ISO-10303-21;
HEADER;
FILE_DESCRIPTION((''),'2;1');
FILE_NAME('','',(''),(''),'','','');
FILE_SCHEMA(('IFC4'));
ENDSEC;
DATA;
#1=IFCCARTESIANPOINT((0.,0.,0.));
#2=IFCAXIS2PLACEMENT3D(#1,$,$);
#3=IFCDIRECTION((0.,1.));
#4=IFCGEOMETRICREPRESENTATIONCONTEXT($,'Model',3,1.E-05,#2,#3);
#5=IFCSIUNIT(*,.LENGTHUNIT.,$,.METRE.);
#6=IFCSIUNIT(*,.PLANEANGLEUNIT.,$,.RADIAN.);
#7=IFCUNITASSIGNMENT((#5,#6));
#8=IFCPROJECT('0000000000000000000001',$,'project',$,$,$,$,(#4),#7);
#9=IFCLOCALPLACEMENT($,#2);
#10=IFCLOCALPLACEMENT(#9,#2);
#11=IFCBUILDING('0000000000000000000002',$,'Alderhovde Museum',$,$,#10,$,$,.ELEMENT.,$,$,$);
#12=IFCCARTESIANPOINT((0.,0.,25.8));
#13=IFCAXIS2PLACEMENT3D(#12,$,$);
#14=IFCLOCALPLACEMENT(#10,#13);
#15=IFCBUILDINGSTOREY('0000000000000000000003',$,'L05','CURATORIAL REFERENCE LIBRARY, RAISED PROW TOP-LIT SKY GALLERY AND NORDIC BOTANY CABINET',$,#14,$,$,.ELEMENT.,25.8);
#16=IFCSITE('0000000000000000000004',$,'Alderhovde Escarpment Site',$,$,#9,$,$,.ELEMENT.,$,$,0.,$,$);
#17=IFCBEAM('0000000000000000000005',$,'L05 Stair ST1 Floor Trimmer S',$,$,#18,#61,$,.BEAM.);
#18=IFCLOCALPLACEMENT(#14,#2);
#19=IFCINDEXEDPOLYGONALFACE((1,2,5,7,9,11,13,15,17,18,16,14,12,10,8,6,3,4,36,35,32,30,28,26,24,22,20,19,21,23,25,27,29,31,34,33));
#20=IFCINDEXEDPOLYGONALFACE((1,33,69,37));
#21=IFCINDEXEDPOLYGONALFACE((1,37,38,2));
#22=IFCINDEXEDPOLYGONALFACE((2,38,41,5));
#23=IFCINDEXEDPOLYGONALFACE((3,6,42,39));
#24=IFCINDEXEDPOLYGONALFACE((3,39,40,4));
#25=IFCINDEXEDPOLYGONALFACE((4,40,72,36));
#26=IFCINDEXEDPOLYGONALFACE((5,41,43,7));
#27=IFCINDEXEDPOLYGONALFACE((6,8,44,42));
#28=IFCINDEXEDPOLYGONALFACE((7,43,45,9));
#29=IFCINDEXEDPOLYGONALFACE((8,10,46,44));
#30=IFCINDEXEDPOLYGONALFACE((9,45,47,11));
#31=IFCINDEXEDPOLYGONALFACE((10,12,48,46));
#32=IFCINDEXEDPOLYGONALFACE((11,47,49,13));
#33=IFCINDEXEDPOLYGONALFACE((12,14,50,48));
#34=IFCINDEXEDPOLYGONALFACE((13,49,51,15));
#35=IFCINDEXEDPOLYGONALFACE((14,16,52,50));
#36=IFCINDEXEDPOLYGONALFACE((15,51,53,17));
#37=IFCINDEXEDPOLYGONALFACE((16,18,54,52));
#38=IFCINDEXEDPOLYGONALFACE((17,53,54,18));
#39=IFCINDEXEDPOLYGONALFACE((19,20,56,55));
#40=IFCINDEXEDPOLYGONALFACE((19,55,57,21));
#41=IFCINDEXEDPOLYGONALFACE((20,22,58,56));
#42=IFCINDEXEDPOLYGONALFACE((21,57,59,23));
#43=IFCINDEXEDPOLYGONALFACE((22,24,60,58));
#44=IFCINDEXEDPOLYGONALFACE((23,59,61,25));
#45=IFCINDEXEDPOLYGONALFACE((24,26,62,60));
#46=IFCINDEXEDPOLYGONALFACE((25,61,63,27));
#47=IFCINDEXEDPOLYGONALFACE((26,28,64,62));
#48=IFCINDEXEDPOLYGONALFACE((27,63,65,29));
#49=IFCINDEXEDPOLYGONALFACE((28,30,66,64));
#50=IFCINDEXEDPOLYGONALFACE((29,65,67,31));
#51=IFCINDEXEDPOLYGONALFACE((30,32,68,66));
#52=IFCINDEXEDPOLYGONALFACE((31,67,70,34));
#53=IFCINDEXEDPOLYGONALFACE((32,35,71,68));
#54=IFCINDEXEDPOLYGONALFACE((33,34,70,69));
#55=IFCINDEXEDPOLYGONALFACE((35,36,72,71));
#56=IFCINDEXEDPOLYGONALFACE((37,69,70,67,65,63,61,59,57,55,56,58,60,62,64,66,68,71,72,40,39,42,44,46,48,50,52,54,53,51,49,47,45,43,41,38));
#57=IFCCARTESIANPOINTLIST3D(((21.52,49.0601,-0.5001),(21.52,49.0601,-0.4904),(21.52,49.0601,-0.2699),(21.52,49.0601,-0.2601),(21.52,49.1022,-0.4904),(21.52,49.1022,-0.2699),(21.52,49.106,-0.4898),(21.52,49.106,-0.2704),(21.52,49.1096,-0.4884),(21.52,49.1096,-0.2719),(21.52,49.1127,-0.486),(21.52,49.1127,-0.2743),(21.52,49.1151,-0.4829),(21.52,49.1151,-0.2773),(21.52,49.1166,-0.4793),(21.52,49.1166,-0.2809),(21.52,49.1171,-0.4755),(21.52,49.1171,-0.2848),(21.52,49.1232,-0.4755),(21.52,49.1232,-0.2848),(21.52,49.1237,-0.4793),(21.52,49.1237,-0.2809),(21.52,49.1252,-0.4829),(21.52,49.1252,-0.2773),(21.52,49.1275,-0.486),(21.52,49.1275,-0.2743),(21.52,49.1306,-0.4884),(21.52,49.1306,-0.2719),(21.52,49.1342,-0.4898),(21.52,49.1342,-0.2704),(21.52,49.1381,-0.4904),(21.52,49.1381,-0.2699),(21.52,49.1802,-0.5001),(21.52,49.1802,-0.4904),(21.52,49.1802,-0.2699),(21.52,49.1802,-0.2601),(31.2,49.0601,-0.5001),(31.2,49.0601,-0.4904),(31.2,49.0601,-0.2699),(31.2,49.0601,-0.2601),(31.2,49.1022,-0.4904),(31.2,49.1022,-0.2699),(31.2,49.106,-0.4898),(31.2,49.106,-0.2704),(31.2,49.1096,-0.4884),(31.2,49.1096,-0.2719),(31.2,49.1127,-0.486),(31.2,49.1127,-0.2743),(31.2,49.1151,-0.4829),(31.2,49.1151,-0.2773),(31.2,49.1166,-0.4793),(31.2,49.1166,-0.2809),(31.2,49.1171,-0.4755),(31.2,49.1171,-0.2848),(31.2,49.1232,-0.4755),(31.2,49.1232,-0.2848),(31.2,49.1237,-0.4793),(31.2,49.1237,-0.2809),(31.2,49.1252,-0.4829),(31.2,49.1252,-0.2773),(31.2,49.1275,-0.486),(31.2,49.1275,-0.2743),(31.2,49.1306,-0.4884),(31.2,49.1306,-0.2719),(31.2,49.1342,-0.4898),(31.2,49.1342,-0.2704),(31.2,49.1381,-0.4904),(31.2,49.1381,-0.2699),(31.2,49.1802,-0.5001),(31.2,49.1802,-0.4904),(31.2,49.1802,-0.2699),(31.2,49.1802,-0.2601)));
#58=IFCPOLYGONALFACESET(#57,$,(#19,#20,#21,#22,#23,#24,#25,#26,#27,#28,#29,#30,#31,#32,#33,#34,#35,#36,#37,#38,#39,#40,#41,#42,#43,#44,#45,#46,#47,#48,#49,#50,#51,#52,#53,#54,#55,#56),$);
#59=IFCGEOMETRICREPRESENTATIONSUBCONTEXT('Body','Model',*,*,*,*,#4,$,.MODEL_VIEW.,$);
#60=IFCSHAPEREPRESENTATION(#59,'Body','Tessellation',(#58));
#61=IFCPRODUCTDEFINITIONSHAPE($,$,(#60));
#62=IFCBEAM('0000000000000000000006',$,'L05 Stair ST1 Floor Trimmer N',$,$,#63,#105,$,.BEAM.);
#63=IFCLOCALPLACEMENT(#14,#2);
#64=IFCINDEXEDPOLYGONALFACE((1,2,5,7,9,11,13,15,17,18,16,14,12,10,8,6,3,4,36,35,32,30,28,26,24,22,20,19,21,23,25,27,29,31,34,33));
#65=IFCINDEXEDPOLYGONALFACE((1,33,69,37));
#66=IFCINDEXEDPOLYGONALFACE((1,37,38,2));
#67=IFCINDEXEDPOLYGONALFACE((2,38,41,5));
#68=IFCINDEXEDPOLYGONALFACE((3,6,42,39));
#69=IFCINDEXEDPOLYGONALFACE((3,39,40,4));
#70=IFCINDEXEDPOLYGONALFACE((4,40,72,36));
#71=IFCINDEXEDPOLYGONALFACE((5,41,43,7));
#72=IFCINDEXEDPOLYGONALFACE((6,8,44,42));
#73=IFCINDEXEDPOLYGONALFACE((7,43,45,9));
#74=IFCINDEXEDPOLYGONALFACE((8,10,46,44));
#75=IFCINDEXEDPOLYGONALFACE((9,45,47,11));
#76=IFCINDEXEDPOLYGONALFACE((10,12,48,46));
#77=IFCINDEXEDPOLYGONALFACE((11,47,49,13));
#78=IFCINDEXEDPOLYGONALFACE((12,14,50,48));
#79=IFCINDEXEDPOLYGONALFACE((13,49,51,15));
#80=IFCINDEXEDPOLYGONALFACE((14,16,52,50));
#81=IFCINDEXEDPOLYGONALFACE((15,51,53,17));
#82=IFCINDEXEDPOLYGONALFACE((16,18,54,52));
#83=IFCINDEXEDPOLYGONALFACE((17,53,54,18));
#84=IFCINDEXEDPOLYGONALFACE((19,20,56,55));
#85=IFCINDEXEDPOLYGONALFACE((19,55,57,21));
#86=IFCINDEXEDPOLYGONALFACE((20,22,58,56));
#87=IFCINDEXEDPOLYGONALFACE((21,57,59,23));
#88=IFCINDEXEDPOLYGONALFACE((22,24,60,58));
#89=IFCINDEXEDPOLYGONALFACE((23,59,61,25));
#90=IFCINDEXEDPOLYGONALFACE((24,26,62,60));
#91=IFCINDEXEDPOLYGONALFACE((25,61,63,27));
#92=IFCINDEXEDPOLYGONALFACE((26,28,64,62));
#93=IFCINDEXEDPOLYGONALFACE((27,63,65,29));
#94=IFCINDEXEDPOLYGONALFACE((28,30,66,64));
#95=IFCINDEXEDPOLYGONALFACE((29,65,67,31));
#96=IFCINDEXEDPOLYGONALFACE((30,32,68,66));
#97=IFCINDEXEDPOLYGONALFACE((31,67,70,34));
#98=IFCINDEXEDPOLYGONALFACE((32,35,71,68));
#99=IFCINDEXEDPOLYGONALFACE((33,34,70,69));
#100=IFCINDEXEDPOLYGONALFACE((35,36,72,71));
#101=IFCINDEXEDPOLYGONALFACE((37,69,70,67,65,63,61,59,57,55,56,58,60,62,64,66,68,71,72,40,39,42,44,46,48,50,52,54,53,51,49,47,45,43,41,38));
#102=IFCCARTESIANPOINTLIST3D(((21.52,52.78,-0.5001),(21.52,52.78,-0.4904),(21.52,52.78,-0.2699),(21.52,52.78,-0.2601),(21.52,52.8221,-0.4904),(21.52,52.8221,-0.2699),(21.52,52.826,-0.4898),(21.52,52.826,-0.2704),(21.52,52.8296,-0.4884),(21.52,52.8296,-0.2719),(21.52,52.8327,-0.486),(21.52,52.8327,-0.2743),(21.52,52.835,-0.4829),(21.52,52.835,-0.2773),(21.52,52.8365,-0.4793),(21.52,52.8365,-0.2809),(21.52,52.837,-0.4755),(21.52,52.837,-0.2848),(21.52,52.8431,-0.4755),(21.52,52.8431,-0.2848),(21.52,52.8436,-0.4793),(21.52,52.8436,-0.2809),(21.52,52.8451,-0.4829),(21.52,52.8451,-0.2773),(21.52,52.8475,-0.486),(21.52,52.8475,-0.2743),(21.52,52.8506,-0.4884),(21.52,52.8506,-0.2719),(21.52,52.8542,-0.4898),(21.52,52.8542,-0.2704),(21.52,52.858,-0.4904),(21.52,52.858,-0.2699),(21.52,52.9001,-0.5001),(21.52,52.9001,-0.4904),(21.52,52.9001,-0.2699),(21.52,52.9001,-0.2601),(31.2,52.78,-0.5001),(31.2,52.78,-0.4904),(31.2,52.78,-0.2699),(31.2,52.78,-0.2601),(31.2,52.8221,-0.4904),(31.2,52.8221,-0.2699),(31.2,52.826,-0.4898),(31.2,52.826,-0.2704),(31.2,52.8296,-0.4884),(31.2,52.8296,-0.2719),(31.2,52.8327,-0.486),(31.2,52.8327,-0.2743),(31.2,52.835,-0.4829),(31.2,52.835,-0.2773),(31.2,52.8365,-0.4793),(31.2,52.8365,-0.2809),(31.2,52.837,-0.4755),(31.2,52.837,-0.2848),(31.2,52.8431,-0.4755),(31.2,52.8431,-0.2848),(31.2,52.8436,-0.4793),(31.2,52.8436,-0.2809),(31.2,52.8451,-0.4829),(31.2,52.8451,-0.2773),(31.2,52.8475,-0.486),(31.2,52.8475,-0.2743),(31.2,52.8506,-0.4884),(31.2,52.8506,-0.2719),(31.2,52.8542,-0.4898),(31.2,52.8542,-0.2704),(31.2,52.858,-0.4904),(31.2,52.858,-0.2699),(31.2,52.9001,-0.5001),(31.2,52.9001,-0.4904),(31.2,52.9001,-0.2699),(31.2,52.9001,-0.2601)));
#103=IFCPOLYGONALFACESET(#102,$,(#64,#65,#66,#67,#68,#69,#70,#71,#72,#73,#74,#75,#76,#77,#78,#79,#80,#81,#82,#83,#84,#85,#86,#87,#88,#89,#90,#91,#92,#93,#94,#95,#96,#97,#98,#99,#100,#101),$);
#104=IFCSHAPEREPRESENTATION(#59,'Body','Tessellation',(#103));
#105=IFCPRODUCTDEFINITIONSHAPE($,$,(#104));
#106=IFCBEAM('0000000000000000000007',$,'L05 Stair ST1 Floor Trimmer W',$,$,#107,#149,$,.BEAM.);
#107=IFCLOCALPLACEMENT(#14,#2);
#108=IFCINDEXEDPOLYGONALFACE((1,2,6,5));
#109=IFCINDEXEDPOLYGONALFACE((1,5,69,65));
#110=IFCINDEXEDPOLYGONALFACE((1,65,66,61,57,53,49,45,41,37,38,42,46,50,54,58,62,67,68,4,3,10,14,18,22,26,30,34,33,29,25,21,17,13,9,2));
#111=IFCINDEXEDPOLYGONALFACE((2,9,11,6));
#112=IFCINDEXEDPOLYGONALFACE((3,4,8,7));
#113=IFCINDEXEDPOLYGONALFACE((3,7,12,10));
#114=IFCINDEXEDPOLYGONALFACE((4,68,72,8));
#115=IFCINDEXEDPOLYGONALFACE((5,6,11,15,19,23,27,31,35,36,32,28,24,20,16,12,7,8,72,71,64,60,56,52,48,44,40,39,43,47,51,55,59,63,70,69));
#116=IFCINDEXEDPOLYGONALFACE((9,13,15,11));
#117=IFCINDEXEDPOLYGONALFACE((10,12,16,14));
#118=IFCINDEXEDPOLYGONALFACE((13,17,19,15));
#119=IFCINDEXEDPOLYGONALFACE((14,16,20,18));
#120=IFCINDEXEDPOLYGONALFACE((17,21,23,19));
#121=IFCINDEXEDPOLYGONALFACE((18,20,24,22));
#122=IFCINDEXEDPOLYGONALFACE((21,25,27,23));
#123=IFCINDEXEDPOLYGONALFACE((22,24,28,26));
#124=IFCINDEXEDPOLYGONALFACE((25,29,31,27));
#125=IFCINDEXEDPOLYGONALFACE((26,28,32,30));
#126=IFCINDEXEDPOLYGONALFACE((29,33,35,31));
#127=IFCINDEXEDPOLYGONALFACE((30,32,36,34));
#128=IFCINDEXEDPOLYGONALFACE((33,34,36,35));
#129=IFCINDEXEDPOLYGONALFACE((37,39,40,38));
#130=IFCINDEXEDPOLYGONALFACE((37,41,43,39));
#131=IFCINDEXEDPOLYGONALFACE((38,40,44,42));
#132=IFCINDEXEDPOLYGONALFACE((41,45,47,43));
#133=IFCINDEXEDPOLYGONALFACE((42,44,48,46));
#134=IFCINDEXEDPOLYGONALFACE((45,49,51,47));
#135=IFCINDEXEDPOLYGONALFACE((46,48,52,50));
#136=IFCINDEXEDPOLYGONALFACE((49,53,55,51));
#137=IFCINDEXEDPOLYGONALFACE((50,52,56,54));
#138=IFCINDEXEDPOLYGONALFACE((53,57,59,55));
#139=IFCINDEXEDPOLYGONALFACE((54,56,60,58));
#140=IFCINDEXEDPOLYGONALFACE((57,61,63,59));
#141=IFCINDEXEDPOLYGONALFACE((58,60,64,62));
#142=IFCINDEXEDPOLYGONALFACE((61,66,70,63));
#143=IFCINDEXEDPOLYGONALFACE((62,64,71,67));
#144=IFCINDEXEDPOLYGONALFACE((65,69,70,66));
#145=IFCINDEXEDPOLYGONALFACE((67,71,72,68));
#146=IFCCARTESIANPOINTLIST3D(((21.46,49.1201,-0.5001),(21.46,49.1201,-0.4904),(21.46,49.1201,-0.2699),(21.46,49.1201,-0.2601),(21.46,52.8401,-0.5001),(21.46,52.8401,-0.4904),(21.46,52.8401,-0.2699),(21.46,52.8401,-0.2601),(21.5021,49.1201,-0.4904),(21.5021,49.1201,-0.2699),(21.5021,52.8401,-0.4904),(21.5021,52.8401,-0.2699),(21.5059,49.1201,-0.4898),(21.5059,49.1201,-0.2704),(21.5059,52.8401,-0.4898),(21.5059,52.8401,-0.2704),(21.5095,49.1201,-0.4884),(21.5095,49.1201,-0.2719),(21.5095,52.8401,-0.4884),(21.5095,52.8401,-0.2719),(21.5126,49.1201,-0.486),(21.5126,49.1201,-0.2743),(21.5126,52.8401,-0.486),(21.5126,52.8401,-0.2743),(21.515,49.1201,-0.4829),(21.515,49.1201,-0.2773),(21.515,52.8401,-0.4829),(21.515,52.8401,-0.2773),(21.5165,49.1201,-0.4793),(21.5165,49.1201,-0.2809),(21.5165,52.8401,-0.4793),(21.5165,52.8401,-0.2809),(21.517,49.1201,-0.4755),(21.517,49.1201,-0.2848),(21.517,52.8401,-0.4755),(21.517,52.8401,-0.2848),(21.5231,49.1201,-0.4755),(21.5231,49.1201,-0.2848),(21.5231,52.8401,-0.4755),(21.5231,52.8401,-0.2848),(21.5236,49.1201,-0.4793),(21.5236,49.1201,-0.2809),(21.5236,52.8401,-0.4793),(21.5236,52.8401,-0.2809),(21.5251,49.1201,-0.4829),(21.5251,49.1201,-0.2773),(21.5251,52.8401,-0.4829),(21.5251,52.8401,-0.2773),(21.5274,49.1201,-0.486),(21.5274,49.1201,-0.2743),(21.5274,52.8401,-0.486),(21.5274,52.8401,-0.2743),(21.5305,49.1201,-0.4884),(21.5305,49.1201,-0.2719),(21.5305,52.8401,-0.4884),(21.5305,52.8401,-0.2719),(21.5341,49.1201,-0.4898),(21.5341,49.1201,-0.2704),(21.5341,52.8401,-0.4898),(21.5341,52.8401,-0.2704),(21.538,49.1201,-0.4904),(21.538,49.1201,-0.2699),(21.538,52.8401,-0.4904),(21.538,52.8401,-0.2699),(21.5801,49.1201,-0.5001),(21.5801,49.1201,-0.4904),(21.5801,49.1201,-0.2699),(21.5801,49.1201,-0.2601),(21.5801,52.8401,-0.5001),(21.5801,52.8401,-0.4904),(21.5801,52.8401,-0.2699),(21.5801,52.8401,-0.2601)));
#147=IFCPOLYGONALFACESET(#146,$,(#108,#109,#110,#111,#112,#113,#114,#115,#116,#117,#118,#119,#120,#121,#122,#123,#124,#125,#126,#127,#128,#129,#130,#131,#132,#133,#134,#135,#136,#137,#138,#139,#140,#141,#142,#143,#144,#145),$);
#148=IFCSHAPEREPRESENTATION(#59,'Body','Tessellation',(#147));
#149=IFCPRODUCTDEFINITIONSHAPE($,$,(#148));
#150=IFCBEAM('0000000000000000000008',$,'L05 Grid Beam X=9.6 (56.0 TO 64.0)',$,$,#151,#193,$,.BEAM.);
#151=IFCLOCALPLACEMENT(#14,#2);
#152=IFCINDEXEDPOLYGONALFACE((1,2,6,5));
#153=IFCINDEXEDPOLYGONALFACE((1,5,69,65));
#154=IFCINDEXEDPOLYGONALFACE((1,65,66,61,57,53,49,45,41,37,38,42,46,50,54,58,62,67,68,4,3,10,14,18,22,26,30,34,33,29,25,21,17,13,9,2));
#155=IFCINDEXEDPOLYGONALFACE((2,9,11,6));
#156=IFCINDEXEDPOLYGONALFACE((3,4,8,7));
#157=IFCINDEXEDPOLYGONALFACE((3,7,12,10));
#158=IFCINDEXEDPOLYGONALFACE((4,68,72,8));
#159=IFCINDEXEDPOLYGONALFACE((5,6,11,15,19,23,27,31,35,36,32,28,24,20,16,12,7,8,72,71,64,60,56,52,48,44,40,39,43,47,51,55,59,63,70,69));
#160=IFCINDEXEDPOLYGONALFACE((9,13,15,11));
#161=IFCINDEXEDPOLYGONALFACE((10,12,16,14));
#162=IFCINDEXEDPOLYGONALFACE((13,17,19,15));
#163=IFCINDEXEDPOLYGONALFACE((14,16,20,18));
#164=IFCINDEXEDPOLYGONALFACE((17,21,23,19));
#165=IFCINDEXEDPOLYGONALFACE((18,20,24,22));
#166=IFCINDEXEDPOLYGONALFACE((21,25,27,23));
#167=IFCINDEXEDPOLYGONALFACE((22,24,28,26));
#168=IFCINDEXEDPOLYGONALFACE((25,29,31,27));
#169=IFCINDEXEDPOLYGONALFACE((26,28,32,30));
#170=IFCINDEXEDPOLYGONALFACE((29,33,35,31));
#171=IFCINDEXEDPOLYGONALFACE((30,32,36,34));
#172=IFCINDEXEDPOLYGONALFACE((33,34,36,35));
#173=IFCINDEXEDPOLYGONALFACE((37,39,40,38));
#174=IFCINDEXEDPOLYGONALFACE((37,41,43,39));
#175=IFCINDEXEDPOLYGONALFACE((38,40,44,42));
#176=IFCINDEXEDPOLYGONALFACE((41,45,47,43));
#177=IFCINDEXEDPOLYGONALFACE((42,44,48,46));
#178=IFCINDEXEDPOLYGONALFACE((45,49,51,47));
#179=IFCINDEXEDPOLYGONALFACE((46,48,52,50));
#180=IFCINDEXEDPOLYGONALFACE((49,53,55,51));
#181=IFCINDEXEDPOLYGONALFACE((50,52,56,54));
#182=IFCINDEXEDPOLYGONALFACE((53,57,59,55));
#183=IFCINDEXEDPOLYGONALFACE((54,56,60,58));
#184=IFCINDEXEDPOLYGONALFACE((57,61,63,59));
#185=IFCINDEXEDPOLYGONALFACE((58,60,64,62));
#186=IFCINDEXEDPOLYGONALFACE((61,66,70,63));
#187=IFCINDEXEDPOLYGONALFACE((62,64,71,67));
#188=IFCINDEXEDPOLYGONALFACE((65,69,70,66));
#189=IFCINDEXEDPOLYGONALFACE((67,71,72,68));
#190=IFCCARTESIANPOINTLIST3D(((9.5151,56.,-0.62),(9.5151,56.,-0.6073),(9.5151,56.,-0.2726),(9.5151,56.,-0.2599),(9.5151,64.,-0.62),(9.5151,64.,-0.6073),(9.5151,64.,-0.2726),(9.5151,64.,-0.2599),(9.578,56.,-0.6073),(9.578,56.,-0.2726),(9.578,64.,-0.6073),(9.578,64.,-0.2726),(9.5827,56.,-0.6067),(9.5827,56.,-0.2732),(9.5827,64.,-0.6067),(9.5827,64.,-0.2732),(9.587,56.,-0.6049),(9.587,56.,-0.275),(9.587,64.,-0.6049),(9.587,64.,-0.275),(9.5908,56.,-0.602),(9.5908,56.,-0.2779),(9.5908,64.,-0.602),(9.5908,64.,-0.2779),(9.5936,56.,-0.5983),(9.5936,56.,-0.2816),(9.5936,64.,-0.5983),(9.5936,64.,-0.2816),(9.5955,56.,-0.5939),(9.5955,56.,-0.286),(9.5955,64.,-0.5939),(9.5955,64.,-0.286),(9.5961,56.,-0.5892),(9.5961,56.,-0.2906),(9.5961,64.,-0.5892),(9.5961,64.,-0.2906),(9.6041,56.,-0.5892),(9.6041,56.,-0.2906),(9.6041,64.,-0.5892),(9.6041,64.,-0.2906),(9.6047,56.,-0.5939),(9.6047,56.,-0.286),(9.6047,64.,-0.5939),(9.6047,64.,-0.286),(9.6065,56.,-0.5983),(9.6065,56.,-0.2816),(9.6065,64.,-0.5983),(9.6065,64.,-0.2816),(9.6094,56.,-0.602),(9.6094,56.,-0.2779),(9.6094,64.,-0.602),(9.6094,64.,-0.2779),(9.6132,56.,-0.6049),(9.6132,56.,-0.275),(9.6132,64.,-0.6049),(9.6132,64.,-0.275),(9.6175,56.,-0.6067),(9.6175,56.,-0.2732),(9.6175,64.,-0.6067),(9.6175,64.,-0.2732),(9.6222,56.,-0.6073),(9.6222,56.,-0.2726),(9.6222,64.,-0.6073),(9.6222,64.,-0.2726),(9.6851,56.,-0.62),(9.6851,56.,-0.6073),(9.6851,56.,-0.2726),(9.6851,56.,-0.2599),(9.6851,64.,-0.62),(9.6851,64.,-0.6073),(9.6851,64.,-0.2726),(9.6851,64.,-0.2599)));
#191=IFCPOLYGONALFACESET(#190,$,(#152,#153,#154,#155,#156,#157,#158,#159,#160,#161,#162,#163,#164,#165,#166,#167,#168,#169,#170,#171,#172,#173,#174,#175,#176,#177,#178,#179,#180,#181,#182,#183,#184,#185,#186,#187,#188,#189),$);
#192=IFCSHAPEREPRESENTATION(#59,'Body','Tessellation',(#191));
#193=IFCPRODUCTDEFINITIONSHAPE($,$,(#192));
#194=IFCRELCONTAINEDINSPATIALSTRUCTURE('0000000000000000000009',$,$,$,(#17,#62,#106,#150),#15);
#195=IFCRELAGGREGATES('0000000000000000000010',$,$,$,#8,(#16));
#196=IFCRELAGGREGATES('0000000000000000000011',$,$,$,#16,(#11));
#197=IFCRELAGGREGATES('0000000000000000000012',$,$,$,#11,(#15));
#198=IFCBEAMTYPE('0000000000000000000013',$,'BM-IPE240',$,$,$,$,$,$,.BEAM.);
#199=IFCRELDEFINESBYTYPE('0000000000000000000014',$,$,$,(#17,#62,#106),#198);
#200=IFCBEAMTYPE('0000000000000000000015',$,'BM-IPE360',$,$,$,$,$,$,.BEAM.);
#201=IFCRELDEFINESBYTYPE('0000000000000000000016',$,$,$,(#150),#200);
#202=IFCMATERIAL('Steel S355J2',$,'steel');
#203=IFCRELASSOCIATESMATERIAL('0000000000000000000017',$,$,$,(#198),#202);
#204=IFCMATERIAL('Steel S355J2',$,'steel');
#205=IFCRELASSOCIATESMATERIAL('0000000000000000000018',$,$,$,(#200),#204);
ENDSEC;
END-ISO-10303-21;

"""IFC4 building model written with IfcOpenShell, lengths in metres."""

from ifc_helpers import new_model, si_unit, direction, frame, origin, origin_2d, place, context, subcontext, project, spatial, i_section, extrude, material, material_profile, profile_set, type_object, element, save


model = new_model("IFC4")

# Units and contexts
model_context = context("Model", 3, precision=1e-05, world=origin(), true_north=direction((0.0, 1.0)))
body_context = subcontext(model_context, "Body", "Model", "MODEL_VIEW")
ifc_project = project(units=[si_unit("LENGTHUNIT", "METRE"), si_unit("PLANEANGLEUNIT", "RADIAN")], contexts=[model_context])

# Site, building, storey
site_placement = place(None, origin())
site = spatial("IfcSite", under=ifc_project, at=site_placement, Name="Alderhovde Escarpment Site", CompositionType="ELEMENT", RefElevation=0.0)
building_placement = place(site_placement, origin())
building = spatial("IfcBuilding", under=site, at=building_placement, Name="Alderhovde Museum", CompositionType="ELEMENT")
storey_placement = place(building_placement, frame((0.0, 0.0, 25.8)))
storey = spatial("IfcBuildingStorey", under=building, at=storey_placement, Name="L05", Description="CURATORIAL REFERENCE LIBRARY, RAISED PROW TOP-LIT SKY GALLERY AND NORDIC BOTANY CABINET", CompositionType="ELEMENT", Elevation=25.8)

# Beams
ifc_material_1 = material(Name="Steel S355J2", Category="steel")
ifc_material_profile_1 = material_profile(ifc_material_1, i_section(OverallWidth=0.1201, OverallDepth=0.24, WebThickness=0.0061, FlangeThickness=0.0098, FilletRadius=0.0149, at=origin_2d()), Name="IPE 240")
ifc_profile_set_1 = profile_set([ifc_material_profile_1], Name="Steel S355J2")
beam_type_1 = type_object("IfcBeamType", Name="BM-IPE240", PredefinedType="BEAM", material=ifc_profile_set_1)
for number, where, z_axis, x_axis, name in (
    (1, (21.52, 49.1201, -0.3801), (1.0, 0.0, 0.0), (0.0, 1.0, 0.0), "L05 Stair ST1 Floor Trimmer S"),
    (2, (21.52, 52.8401, -0.3801), (1.0, 0.0, 0.0), (0.0, 1.0, 0.0), "L05 Stair ST1 Floor Trimmer N"),
):
    element("IfcBeam", number, at=place(storey_placement, frame(where, z_axis=z_axis, x_axis=x_axis)), inside=storey, type_object=beam_type_1, Name=name, PredefinedType="BEAM", context=body_context, shape_type="SweptSolid", body=[
        extrude(i_section(OverallWidth=0.1201, OverallDepth=0.24, WebThickness=0.0061, FlangeThickness=0.0098, FilletRadius=0.0149, at=origin_2d()), origin(), (0.0, 0.0, 1.0), 9.6799),
    ])
beam_placement = place(storey_placement, frame((21.52, 49.1201, -0.3801), z_axis=(0.0, 1.0, 0.0), x_axis=(-1.0, 0.0, 0.0)))
element("IfcBeam", 3, at=beam_placement, inside=storey, type_object=beam_type_1, Name="L05 Stair ST1 Floor Trimmer W", PredefinedType="BEAM", context=body_context, shape_type="SweptSolid", body=[
    extrude(i_section(OverallWidth=0.1201, OverallDepth=0.24, WebThickness=0.0061, FlangeThickness=0.0098, FilletRadius=0.0149, at=origin_2d()), origin(), (0.0, 0.0, 1.0), 3.72),
])
ifc_material_2 = material(Name="Steel S355J2", Category="steel")
ifc_material_profile_2 = material_profile(ifc_material_2, i_section(OverallWidth=0.1699, OverallDepth=0.3601, WebThickness=0.0081, FlangeThickness=0.0127, FilletRadius=0.0181, at=origin_2d()), Name="IPE 360")
ifc_profile_set_2 = profile_set([ifc_material_profile_2], Name="Steel S355J2")
beam_type_2 = type_object("IfcBeamType", Name="BM-IPE360", PredefinedType="BEAM", material=ifc_profile_set_2)
for number, where, z_axis, x_axis, name in (
    (4, (9.6001, 56.0, -0.4399), (0.0, 1.0, 0.0), (-1.0, 0.0, 0.0), "L05 Grid Beam X=9.6 (56.0 TO 64.0)"),
):
    element("IfcBeam", number, at=place(storey_placement, frame(where, z_axis=z_axis, x_axis=x_axis)), inside=storey, type_object=beam_type_2, Name=name, PredefinedType="BEAM", context=body_context, shape_type="SweptSolid", body=[
        extrude(i_section(OverallWidth=0.1699, OverallDepth=0.3601, WebThickness=0.0081, FlangeThickness=0.0127, FilletRadius=0.0181, at=origin_2d()), origin(), (0.0, 0.0, 1.0), 8.0),
    ])

save(model, "model.ifc")
